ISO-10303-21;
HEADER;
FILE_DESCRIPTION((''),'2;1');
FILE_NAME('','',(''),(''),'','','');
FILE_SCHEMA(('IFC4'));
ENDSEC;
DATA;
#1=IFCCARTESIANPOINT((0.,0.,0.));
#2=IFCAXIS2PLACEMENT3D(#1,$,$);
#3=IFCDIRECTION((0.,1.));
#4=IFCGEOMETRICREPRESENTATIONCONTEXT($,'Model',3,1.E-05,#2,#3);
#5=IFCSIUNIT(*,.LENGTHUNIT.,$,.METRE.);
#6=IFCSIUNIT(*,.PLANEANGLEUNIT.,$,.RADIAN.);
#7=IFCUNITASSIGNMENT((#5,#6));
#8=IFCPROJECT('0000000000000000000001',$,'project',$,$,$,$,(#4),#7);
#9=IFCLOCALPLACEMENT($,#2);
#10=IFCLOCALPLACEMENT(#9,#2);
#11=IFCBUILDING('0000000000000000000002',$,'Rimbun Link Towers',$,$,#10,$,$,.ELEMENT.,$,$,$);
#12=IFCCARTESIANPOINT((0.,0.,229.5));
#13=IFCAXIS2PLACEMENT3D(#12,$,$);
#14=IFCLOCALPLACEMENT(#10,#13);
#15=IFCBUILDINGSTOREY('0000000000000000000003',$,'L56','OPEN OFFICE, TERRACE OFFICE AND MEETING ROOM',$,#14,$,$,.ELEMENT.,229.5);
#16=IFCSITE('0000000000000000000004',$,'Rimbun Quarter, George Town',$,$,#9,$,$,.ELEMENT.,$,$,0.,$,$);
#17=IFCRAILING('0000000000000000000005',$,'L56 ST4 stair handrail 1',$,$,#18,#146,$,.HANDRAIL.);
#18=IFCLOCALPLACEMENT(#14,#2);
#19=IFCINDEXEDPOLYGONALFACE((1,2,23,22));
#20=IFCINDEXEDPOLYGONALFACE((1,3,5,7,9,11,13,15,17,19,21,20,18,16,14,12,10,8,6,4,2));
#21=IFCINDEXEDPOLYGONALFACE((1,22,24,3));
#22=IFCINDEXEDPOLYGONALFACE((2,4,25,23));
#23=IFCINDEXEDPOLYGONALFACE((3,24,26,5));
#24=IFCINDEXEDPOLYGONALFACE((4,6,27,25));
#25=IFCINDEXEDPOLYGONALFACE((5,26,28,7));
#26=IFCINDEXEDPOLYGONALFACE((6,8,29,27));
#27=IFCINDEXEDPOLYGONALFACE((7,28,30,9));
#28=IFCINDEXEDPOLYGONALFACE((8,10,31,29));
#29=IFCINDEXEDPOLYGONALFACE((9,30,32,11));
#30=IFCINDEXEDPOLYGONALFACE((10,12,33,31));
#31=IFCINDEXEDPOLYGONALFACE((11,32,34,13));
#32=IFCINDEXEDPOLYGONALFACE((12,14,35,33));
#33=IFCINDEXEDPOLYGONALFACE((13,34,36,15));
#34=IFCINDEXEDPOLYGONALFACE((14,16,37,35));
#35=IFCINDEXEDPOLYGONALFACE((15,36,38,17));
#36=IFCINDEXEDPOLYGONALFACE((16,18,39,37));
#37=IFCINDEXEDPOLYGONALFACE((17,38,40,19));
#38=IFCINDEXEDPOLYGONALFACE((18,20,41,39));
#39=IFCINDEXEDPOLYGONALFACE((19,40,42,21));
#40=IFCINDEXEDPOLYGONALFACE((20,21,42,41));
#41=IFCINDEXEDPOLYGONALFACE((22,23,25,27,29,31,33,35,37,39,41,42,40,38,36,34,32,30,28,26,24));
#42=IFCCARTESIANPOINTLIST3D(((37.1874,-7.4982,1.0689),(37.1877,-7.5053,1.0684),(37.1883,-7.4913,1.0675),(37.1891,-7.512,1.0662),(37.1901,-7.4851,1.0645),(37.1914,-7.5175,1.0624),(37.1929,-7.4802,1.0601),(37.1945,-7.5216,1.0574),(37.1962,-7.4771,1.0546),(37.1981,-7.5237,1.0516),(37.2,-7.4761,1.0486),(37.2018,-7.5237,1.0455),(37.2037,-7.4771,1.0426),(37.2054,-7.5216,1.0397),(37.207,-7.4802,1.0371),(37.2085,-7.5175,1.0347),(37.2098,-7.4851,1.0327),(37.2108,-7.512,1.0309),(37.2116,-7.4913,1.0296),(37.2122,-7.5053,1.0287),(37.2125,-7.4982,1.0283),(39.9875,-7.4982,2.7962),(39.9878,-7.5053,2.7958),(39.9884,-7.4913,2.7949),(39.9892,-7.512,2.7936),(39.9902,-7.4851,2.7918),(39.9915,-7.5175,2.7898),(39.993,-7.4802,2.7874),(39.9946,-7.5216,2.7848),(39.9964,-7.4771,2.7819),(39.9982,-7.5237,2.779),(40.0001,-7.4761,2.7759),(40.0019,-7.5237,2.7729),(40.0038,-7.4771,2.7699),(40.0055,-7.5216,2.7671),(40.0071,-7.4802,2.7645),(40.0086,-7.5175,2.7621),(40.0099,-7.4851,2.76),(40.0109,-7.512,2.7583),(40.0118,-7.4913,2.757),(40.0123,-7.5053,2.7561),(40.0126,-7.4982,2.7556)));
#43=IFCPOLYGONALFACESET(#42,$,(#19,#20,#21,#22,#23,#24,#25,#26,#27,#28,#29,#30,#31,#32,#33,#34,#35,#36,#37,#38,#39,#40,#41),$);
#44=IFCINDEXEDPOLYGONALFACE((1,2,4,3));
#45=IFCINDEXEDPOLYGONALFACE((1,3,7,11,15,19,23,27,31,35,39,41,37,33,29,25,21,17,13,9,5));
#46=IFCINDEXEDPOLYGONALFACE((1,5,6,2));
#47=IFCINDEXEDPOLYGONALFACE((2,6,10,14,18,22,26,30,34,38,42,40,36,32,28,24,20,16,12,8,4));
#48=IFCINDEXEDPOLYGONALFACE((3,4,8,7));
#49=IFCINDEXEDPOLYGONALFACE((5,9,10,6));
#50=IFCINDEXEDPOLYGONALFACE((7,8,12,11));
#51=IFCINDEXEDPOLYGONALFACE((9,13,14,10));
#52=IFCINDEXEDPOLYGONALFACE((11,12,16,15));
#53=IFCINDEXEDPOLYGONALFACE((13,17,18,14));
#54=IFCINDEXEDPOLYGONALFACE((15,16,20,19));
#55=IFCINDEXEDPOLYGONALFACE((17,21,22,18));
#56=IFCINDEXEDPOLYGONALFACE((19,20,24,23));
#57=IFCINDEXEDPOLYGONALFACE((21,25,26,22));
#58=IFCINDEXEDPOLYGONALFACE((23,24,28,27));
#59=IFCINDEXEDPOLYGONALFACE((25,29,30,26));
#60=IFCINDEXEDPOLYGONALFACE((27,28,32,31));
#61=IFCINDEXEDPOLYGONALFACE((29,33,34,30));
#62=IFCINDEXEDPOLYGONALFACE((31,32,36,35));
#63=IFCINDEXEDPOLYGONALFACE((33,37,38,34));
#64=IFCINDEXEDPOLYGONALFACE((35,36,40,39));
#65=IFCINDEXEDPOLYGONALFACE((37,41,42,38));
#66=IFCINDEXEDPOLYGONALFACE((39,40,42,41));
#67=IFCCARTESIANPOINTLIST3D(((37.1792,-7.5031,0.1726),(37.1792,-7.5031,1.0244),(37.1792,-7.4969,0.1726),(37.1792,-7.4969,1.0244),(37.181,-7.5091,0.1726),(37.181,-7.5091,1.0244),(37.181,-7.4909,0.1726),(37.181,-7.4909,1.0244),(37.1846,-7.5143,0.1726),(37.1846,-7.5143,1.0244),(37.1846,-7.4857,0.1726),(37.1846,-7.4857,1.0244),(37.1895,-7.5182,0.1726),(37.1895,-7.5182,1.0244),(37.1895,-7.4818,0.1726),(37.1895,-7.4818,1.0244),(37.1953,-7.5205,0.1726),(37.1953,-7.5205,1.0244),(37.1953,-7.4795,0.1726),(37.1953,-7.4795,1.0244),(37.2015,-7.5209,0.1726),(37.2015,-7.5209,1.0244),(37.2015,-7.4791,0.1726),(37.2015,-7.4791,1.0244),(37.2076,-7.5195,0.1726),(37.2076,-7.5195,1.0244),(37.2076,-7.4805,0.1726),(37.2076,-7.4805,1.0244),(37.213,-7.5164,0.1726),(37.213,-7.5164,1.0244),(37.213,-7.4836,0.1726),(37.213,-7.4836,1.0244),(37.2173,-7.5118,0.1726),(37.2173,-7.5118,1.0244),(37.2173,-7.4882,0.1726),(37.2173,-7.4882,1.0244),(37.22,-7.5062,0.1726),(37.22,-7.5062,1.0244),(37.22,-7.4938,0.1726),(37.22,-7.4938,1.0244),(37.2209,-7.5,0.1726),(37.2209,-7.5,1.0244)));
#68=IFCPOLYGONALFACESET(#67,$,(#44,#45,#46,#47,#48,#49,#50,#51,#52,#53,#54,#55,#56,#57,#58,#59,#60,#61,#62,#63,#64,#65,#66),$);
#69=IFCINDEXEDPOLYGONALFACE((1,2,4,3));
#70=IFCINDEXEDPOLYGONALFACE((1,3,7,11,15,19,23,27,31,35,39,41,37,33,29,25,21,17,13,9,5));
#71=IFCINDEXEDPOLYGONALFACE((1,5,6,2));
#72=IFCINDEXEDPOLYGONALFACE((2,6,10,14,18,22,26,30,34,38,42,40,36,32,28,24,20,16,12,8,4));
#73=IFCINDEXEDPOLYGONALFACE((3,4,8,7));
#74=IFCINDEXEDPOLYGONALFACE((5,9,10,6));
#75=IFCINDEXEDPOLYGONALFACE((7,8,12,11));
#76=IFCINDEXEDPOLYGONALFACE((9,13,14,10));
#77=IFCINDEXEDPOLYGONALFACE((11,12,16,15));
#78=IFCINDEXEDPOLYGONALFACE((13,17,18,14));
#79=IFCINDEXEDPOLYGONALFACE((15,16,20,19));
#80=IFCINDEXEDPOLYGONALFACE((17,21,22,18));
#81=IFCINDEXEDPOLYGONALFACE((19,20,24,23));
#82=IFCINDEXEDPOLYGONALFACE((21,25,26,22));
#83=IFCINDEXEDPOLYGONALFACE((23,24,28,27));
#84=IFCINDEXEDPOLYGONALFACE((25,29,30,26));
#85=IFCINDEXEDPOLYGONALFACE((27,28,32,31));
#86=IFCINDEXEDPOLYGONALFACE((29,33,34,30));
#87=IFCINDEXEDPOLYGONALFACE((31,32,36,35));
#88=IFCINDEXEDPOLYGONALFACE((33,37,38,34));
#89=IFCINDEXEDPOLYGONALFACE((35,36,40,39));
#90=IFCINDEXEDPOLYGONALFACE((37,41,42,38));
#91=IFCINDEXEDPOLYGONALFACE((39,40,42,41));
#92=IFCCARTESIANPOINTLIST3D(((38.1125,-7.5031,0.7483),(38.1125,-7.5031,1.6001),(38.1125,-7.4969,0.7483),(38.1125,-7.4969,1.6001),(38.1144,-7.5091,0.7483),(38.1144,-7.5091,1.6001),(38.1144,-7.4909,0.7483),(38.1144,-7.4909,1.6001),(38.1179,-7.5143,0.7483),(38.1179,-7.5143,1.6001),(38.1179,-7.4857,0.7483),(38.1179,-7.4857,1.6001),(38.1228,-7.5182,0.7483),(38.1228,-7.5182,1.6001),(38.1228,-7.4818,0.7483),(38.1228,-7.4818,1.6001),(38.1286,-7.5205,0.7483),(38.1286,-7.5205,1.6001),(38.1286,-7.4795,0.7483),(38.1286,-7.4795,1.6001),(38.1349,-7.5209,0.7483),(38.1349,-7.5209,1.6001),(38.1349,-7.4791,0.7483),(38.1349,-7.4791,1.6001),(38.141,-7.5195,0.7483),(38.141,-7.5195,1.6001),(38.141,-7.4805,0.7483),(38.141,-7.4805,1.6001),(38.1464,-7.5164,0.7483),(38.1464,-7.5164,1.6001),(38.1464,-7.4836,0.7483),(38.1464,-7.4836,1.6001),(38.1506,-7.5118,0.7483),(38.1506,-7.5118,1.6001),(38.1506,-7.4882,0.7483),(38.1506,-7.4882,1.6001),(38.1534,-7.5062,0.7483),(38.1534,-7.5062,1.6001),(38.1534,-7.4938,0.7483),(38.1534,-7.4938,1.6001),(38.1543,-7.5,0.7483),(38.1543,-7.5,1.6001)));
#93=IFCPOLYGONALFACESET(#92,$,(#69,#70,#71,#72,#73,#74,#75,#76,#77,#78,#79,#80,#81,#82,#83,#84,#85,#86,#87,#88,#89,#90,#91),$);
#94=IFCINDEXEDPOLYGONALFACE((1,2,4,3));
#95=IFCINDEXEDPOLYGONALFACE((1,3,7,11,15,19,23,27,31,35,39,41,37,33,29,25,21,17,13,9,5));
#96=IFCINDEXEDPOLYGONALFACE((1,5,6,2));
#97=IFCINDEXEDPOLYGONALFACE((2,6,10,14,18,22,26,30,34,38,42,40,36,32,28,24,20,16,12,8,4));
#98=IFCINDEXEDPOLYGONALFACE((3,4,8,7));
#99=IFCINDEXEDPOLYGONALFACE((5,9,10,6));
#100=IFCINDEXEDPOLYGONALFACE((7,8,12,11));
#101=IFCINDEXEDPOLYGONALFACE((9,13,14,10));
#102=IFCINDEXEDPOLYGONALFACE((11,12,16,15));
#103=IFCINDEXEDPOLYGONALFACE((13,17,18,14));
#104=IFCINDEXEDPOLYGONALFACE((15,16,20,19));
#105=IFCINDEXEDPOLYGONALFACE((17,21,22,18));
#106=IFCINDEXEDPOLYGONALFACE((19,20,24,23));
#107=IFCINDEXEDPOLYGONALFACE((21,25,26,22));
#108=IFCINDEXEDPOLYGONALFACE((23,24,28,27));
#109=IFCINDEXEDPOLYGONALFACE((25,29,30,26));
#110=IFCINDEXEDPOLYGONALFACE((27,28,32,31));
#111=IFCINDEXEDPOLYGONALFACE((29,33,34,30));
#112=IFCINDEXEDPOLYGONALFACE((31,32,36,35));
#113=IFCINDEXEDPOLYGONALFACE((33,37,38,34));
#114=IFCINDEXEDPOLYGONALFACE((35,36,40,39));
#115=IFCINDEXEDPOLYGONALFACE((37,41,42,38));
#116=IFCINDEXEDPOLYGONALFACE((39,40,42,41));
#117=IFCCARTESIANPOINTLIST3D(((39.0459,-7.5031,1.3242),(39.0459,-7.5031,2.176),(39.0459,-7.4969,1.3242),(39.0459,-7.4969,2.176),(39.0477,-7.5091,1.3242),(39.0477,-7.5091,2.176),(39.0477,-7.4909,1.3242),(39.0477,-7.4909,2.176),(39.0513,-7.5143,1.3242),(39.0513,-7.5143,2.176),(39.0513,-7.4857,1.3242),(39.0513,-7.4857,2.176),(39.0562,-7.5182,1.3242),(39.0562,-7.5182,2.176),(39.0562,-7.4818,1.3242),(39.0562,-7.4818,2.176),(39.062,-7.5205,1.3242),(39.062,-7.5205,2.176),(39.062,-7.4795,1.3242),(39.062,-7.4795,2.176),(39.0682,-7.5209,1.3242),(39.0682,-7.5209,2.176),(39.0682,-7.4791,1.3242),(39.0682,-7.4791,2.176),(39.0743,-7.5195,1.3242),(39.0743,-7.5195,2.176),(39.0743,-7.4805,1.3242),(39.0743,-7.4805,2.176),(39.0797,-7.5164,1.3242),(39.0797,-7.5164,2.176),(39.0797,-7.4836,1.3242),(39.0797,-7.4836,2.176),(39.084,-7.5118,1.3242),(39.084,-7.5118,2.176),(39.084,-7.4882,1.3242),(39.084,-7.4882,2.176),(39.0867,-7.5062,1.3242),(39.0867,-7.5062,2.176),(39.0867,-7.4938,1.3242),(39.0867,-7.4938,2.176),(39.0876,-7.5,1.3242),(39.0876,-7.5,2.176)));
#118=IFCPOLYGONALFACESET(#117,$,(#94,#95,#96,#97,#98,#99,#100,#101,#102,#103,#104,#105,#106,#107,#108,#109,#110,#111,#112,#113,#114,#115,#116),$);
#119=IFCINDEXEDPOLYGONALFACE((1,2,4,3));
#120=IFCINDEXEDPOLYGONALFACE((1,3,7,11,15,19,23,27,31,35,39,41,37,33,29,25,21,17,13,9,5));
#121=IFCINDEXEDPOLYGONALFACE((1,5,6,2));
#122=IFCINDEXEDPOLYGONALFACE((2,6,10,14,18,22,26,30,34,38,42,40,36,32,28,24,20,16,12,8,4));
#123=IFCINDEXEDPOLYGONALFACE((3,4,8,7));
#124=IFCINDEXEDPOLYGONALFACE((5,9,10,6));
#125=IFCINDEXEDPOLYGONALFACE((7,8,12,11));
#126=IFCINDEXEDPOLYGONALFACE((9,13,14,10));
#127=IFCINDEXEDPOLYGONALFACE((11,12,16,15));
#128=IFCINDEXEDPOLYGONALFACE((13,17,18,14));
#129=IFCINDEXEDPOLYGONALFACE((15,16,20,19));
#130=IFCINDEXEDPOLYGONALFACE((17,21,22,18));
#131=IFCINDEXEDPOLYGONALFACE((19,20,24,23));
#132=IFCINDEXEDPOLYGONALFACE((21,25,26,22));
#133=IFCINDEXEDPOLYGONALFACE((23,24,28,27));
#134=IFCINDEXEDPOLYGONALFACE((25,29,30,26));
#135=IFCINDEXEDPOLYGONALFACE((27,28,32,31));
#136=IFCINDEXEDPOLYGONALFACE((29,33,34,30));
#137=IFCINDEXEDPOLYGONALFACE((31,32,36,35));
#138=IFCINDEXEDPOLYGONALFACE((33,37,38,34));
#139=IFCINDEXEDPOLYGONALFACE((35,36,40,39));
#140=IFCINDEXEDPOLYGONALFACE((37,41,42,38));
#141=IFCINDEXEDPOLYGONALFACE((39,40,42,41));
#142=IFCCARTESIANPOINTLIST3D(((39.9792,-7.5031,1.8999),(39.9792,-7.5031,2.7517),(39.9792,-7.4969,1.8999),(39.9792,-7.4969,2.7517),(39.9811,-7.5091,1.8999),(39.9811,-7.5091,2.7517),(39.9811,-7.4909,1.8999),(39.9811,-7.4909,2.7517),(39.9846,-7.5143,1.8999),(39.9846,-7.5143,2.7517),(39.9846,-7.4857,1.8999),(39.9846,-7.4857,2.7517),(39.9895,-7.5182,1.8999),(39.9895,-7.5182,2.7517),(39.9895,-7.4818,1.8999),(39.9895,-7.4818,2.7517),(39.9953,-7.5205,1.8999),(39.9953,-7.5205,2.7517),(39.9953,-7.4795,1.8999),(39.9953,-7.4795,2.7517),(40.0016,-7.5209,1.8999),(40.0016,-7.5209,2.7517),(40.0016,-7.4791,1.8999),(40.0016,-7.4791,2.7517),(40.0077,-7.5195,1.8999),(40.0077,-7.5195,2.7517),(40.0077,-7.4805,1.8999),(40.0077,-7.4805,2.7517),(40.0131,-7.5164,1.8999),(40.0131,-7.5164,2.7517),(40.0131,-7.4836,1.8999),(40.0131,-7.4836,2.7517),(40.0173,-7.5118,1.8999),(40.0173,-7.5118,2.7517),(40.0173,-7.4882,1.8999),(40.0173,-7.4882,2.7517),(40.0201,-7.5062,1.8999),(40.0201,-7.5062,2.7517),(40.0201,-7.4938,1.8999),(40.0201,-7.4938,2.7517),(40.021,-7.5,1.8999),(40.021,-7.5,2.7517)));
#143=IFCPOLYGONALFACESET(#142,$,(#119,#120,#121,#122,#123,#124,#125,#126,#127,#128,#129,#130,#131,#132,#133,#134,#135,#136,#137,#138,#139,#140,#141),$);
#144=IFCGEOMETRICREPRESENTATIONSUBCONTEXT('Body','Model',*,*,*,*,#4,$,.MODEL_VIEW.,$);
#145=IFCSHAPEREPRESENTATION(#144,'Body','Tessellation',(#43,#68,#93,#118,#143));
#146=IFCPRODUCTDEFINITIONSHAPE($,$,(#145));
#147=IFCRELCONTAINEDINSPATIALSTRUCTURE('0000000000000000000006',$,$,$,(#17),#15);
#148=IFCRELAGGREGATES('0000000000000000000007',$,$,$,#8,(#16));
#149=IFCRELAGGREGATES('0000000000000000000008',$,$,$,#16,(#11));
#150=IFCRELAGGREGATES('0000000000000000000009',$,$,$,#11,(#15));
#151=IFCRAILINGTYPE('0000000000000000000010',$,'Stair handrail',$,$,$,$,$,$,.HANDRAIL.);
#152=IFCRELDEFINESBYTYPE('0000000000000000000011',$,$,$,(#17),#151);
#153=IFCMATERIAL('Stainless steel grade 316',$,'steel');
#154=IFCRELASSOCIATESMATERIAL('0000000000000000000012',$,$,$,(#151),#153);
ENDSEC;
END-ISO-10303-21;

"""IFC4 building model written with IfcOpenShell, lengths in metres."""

from ifc_helpers import new_model, si_unit, direction, frame, origin, origin_2d, place, context, subcontext, project, spatial, circle, extrude, material, type_object, element, save


model = new_model("IFC4")

# Units and contexts
model_context = context("Model", 3, precision=1e-05, world=origin(), true_north=direction((0.0, 1.0)))
body_context = subcontext(model_context, "Body", "Model", "MODEL_VIEW")
ifc_project = project(units=[si_unit("LENGTHUNIT", "METRE"), si_unit("PLANEANGLEUNIT", "RADIAN")], contexts=[model_context])

# Site, building, storey
site_placement = place(None, origin())
site = spatial("IfcSite", under=ifc_project, at=site_placement, Name="Rimbun Quarter, George Town", CompositionType="ELEMENT", RefElevation=0.0)
building_placement = place(site_placement, origin())
building = spatial("IfcBuilding", under=site, at=building_placement, Name="Rimbun Link Towers", CompositionType="ELEMENT")
storey_placement = place(building_placement, frame((0.0, 0.0, 229.5)))
storey = spatial("IfcBuildingStorey", under=building, at=storey_placement, Name="L56", Description="OPEN OFFICE, TERRACE OFFICE AND MEETING ROOM", CompositionType="ELEMENT", Elevation=229.5)

# Railing
ifc_material_1 = material(Name="Stainless steel grade 316", Category="steel")
railing_type_1 = type_object("IfcRailingType", Name="Stair handrail", PredefinedType="HANDRAIL", material=ifc_material_1)
railing_1_placement = place(storey_placement, frame((37.2, -7.5, 0.1726)))
element("IfcRailing", 1, at=railing_1_placement, inside=storey, type_object=railing_type_1, Name="L56 ST4 stair handrail 1", PredefinedType="HANDRAIL", context=body_context, shape_type="SweptSolid", body=[
    extrude(circle(Radius=0.0239, at=origin_2d()), frame((0.0, 0.0, 0.876), z_axis=(0.85109, 0.0, 0.52502), x_axis=(0.0, 1.0, 0.0)), (0.0, 0.0, 1.0), 3.29),
    extrude(circle(Radius=0.021, at=origin_2d()), origin(), (0.0, 0.0, 1.0), 0.8518),
    extrude(circle(Radius=0.021, at=origin_2d()), frame((0.9333, 0.0, 0.5757)), (0.0, 0.0, 1.0), 0.8518),
    extrude(circle(Radius=0.021, at=origin_2d()), frame((1.8667, 0.0, 1.1516)), (0.0, 0.0, 1.0), 0.8518),
    extrude(circle(Radius=0.021, at=origin_2d()), frame((2.8, 0.0, 1.7273)), (0.0, 0.0, 1.0), 0.8518),
])

save(model, "model.ifc")
